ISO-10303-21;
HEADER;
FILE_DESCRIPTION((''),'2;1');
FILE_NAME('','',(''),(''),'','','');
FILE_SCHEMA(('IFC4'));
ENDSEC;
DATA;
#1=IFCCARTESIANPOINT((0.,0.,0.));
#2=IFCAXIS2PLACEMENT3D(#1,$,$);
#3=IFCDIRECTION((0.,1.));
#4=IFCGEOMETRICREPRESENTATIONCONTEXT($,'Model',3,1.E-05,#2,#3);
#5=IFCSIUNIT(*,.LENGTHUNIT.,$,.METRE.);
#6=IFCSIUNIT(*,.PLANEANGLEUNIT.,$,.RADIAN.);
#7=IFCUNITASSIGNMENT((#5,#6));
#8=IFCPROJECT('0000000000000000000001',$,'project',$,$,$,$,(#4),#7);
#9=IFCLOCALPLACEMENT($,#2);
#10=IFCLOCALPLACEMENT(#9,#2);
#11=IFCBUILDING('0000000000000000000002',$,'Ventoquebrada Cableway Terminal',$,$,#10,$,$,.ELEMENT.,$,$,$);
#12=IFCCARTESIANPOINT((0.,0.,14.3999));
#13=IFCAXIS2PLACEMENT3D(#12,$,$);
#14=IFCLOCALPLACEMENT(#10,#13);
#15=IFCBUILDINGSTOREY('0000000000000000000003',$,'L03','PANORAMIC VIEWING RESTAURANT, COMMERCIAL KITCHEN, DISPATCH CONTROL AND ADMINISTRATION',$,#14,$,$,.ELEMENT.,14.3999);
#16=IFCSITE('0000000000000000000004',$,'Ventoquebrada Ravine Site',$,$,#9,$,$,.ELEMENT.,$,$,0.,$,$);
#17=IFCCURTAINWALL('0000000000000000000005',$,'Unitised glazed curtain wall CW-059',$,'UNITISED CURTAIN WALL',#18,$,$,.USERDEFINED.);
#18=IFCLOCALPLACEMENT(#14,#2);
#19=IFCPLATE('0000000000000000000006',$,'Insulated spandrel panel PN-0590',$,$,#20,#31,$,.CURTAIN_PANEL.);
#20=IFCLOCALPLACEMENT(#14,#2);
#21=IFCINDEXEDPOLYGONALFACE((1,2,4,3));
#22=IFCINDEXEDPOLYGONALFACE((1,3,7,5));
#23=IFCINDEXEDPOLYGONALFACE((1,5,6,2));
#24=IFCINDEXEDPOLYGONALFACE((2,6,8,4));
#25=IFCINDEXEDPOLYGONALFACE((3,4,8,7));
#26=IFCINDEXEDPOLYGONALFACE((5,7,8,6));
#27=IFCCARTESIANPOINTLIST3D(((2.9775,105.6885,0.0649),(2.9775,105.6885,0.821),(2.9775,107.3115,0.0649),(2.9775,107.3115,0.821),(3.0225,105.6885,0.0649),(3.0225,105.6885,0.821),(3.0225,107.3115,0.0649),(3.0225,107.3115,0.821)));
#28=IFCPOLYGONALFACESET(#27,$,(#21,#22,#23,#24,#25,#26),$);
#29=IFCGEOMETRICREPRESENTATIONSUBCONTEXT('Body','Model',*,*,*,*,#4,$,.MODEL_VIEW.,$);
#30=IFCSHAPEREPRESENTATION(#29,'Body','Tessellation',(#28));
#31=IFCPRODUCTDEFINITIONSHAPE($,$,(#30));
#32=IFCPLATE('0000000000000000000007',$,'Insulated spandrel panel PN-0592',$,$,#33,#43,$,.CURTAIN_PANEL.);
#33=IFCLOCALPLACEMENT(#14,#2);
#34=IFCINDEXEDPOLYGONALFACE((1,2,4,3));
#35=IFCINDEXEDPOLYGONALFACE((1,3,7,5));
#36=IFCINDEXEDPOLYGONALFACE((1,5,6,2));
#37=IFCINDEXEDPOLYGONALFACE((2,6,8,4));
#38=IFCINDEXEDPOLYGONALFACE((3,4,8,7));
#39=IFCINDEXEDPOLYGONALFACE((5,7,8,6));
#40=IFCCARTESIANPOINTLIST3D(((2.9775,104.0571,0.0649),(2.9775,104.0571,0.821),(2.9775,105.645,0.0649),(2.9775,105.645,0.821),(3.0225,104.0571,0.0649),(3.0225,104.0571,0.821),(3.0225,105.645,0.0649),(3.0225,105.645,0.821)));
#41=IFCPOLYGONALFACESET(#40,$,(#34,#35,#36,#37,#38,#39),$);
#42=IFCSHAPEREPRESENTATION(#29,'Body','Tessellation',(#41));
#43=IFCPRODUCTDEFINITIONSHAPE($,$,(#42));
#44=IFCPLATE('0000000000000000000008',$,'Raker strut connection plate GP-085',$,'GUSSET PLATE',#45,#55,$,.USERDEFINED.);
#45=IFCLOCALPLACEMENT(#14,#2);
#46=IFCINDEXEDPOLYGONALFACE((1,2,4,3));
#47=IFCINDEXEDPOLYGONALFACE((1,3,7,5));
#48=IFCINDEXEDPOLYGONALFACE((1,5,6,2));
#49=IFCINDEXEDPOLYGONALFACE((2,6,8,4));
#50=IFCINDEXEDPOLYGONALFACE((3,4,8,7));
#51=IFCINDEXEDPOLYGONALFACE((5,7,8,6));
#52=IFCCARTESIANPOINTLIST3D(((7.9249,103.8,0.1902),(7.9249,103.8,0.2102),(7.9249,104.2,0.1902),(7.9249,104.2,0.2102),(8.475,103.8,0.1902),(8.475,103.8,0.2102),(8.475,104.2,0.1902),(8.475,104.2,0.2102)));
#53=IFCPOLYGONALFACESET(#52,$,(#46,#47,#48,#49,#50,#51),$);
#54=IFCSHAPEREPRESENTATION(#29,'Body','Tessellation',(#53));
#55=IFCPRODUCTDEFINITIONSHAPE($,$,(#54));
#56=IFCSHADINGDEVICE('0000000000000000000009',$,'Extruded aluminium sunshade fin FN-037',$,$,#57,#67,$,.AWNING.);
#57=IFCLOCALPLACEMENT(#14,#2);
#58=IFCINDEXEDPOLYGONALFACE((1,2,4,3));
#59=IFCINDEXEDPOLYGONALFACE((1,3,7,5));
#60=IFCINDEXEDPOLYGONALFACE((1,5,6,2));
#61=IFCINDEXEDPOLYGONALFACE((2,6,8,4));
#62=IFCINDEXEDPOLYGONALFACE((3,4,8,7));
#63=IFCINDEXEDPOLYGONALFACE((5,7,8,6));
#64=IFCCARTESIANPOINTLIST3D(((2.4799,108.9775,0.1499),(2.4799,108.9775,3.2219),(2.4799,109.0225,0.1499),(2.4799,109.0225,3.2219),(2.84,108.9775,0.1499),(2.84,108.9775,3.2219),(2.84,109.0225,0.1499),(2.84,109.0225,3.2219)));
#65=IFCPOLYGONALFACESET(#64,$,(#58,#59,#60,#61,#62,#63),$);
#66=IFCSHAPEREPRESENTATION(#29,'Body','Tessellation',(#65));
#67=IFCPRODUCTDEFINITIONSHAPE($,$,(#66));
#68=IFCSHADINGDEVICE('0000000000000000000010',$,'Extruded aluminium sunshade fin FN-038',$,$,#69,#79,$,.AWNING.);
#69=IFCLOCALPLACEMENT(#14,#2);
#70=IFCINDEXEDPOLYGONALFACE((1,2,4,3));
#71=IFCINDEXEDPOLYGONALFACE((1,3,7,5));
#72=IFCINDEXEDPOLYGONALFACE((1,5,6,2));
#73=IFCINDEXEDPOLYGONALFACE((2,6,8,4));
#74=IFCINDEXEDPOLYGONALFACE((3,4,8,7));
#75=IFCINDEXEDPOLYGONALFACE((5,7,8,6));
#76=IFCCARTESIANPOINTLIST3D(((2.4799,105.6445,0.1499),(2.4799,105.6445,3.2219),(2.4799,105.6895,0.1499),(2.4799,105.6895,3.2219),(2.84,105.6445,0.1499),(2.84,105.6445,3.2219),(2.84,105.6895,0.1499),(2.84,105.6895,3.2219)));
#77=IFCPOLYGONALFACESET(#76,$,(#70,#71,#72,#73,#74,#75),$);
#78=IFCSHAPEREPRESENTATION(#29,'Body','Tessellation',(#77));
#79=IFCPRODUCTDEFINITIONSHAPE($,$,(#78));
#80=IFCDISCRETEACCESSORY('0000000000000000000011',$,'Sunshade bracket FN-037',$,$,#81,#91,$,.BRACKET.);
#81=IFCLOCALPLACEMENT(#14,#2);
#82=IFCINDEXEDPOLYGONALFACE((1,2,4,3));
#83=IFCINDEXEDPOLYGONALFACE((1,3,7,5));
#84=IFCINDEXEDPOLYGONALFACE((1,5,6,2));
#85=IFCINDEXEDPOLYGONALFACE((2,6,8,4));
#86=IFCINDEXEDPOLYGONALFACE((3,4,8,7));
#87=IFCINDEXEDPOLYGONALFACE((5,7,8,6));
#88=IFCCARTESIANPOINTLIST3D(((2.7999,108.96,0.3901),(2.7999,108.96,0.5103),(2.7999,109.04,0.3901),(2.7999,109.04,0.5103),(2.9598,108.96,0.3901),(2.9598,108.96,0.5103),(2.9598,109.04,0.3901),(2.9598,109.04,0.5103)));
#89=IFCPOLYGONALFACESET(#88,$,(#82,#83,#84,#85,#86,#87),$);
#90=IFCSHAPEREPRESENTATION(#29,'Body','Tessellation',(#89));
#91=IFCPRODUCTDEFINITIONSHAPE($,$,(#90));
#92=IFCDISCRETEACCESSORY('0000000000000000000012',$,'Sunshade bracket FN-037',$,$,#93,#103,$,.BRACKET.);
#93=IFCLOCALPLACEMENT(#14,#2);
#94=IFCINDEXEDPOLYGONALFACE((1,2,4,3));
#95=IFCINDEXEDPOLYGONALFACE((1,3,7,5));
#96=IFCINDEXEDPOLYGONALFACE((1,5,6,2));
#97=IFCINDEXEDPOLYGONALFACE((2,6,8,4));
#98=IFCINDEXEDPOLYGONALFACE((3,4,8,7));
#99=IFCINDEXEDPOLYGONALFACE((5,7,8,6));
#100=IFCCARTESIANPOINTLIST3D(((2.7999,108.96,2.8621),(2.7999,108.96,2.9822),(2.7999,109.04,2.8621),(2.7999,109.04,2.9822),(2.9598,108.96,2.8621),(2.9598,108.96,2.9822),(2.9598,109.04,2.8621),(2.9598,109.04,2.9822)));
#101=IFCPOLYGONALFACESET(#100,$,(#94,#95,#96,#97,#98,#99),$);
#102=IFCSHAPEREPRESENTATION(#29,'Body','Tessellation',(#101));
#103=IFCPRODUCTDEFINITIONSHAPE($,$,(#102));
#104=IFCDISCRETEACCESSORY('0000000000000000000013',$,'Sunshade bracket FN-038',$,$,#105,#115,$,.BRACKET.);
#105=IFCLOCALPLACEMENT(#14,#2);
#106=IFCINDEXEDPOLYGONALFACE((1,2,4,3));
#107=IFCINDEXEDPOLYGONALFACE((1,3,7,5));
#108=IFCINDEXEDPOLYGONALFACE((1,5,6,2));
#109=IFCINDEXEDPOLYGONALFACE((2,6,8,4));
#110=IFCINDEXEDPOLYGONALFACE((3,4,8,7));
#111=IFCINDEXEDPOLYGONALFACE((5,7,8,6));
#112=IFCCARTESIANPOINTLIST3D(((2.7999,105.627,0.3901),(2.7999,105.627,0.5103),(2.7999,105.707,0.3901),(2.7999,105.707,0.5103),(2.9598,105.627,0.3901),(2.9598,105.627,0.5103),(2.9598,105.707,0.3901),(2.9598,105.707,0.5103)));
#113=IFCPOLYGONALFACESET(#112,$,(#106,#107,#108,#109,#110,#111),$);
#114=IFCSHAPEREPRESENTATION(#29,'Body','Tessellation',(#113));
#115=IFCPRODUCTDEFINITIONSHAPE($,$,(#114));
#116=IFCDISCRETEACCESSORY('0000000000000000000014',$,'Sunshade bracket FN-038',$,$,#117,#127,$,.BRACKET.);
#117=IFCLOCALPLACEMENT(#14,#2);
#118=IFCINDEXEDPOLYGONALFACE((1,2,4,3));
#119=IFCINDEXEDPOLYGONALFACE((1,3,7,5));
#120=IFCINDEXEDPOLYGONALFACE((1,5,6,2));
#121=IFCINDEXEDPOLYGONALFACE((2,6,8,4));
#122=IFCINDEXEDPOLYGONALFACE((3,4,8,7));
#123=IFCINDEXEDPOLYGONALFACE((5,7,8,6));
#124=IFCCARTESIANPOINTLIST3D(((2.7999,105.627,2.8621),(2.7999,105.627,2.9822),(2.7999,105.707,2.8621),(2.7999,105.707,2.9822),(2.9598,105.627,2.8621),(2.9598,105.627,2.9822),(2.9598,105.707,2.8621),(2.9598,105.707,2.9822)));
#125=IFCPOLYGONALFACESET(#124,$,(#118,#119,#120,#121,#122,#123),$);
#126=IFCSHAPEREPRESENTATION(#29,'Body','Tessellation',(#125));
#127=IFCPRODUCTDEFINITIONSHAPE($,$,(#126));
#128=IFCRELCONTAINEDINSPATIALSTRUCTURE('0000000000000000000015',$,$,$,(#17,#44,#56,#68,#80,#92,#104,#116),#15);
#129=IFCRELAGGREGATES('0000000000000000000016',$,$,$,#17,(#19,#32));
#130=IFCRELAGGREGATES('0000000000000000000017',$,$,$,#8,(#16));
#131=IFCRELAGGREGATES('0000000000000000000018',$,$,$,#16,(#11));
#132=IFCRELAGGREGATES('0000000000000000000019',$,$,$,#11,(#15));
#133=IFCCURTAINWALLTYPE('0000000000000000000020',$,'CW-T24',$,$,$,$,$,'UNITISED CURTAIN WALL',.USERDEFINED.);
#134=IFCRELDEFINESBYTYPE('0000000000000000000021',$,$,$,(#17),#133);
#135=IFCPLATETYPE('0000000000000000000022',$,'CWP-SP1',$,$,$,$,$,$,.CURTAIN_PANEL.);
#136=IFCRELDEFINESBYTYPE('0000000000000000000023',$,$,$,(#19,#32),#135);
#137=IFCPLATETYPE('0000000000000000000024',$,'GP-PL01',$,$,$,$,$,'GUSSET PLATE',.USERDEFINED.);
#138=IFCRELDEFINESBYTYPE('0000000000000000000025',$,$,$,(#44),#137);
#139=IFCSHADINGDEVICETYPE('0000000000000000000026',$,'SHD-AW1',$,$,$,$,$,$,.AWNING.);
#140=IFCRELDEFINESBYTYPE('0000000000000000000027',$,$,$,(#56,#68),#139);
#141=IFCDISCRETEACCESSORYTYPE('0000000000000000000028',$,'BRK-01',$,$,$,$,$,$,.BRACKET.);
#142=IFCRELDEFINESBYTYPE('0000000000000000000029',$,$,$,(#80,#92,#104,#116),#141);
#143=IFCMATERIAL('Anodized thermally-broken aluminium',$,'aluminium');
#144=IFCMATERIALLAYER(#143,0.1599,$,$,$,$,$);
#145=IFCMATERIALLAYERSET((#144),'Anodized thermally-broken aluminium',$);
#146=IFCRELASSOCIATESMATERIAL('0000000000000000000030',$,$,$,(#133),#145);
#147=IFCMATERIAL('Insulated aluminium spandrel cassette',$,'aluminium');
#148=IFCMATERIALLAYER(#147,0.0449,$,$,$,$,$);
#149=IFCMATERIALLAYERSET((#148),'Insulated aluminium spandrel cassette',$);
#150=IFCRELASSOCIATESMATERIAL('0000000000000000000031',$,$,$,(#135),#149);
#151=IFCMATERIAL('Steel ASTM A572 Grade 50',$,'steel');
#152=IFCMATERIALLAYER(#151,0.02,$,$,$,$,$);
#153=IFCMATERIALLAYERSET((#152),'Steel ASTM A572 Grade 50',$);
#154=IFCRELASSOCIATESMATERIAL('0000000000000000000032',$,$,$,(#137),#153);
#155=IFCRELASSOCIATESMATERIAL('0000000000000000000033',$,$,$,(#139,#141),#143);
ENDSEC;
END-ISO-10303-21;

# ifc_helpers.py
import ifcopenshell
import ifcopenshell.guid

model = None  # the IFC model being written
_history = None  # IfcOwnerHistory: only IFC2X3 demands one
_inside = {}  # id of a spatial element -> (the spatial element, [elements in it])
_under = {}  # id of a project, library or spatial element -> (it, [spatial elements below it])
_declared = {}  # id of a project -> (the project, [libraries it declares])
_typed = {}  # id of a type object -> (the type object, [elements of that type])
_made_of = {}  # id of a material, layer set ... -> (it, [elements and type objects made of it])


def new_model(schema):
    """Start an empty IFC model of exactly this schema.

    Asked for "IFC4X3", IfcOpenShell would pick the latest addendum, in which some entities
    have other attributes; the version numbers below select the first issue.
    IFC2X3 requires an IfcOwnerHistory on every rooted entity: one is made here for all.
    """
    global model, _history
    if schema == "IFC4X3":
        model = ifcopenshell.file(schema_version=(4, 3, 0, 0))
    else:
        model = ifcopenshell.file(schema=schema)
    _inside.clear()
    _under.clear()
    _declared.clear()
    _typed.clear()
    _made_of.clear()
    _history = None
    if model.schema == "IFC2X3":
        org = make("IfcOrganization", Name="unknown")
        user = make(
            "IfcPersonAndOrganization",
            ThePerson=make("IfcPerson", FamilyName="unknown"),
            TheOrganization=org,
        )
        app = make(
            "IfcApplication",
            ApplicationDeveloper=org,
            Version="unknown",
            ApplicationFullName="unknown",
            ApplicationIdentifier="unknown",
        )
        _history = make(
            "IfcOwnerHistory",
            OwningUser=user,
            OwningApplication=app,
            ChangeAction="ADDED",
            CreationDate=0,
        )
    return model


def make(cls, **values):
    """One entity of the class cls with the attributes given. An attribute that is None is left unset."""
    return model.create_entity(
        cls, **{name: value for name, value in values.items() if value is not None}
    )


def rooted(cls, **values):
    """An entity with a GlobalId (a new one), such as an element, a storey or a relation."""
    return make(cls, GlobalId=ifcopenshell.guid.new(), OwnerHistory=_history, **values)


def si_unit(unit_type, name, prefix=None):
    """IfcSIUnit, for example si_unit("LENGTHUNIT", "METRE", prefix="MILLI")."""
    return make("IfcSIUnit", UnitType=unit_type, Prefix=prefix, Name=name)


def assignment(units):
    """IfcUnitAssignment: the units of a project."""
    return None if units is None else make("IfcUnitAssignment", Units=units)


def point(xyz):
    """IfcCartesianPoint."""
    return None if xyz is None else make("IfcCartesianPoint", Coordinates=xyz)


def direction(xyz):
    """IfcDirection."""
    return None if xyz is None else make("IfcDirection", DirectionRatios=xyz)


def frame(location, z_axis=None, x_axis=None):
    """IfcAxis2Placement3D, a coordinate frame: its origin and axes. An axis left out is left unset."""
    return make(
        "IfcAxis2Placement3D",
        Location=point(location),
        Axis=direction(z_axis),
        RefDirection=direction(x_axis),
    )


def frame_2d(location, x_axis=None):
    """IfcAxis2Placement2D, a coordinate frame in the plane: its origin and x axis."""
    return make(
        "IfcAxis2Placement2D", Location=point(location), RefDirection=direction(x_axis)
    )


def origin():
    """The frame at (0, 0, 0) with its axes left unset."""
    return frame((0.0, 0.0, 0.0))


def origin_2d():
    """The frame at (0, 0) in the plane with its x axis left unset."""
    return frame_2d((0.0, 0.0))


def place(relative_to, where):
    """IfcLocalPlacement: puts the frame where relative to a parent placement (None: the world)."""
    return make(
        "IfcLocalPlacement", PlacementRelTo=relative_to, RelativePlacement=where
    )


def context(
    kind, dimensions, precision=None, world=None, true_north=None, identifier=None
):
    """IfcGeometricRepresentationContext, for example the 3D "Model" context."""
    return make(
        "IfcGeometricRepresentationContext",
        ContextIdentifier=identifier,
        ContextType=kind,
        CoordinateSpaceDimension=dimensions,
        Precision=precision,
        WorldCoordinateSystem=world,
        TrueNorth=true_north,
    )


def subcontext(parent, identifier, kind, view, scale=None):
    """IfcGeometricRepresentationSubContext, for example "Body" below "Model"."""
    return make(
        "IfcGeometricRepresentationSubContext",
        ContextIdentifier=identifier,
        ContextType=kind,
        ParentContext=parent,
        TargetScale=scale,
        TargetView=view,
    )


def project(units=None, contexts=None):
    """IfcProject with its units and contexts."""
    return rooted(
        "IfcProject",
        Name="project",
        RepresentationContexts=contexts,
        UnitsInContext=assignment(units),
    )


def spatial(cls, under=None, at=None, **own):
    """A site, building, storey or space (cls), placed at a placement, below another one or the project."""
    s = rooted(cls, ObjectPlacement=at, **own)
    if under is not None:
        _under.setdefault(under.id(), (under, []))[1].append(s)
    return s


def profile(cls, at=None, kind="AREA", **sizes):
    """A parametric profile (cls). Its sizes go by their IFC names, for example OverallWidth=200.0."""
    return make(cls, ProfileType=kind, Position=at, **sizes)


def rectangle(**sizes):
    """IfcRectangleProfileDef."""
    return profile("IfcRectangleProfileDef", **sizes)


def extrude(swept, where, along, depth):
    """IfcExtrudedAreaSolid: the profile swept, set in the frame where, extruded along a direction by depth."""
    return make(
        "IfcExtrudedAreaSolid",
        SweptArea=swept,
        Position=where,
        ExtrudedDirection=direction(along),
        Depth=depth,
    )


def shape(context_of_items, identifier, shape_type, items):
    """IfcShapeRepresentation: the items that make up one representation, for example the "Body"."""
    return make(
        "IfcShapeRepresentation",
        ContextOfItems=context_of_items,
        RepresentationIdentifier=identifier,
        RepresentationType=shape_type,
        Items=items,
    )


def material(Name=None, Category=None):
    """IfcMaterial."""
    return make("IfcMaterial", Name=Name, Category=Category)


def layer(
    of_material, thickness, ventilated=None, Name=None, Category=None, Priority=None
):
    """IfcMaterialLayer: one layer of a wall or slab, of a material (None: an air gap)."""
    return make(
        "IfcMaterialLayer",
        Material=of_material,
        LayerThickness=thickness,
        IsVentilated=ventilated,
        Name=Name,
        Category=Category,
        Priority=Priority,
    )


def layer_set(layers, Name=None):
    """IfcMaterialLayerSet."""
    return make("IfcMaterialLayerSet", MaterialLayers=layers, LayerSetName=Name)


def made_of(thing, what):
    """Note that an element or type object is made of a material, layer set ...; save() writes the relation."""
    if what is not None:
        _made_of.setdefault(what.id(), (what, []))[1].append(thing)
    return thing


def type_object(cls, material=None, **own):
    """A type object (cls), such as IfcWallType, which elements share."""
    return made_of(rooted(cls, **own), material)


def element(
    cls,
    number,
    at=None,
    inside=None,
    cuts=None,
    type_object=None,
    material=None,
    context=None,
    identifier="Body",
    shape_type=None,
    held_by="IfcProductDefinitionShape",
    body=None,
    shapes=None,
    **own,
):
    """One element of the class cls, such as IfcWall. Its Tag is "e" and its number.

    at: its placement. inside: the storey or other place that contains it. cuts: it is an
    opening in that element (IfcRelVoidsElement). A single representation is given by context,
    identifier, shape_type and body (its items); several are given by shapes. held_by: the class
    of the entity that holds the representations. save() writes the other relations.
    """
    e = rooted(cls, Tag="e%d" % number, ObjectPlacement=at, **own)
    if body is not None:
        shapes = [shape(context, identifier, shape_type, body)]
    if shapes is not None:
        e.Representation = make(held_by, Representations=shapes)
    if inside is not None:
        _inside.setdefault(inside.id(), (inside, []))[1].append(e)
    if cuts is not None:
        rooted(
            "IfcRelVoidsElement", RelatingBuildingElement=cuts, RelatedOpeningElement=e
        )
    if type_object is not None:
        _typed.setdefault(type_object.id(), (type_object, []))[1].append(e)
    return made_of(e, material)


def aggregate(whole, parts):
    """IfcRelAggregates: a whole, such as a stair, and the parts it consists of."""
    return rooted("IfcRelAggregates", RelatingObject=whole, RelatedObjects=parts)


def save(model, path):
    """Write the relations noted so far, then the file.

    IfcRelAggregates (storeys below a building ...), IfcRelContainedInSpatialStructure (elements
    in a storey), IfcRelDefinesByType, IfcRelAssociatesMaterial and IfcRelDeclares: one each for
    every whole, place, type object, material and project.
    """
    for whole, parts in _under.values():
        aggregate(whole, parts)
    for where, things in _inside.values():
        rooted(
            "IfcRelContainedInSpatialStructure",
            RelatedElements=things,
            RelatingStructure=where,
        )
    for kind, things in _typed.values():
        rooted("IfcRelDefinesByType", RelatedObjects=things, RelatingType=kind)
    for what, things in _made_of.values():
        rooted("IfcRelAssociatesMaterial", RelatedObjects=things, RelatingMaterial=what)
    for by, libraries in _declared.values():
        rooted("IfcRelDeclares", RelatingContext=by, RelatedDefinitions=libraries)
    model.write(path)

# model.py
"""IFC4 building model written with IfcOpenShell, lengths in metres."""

from ifc_helpers import new_model, si_unit, direction, frame, origin, origin_2d, place, context, subcontext, project, spatial, rectangle, extrude, material, layer, layer_set, type_object, element, aggregate, save


model = new_model("IFC4")

# Units and contexts
model_context = context("Model", 3, precision=1e-05, world=origin(), true_north=direction((0.0, 1.0)))
body_context = subcontext(model_context, "Body", "Model", "MODEL_VIEW")
ifc_project = project(units=[si_unit("LENGTHUNIT", "METRE"), si_unit("PLANEANGLEUNIT", "RADIAN")], contexts=[model_context])

# Site, building, storey
site_placement = place(None, origin())
site = spatial("IfcSite", under=ifc_project, at=site_placement, Name="Ventoquebrada Ravine Site", CompositionType="ELEMENT", RefElevation=0.0)
building_placement = place(site_placement, origin())
building = spatial("IfcBuilding", under=site, at=building_placement, Name="Ventoquebrada Cableway Terminal", CompositionType="ELEMENT")
storey_placement = place(building_placement, frame((0.0, 0.0, 14.3999)))
storey = spatial("IfcBuildingStorey", under=building, at=storey_placement, Name="L03", Description="PANORAMIC VIEWING RESTAURANT, COMMERCIAL KITCHEN, DISPATCH CONTROL AND ADMINISTRATION", CompositionType="ELEMENT", Elevation=14.3999)

# Curtain wall
ifc_material_1 = material(Name="Anodized thermally-broken aluminium", Category="aluminium")
ifc_layer_1 = layer(ifc_material_1, 0.1599)
ifc_layer_set_1 = layer_set([ifc_layer_1], Name="Anodized thermally-broken aluminium")
curtain_wall_type = type_object("IfcCurtainWallType", Name="CW-T24", ElementType="UNITISED CURTAIN WALL", PredefinedType="USERDEFINED", material=ifc_layer_set_1)
curtain_wall_placement = place(storey_placement, origin())
curtain_wall = element("IfcCurtainWall", 1, at=curtain_wall_placement, inside=storey, type_object=curtain_wall_type, Name="Unitised glazed curtain wall CW-059", ObjectType="UNITISED CURTAIN WALL", PredefinedType="USERDEFINED")

# Plates
ifc_material_2 = material(Name="Insulated aluminium spandrel cassette", Category="aluminium")
ifc_layer_2 = layer(ifc_material_2, 0.0449)
ifc_layer_set_2 = layer_set([ifc_layer_2], Name="Insulated aluminium spandrel cassette")
plate_type_1 = type_object("IfcPlateType", Name="CWP-SP1", PredefinedType="CURTAIN_PANEL", material=ifc_layer_set_2)
plate_1_placement = place(storey_placement, frame((3.0, 106.5, 0.0649), z_axis=(0.0, 0.0, 1.0), x_axis=(0.0, -1.0, 0.0)))
plate_1 = element("IfcPlate", 2, at=plate_1_placement, type_object=plate_type_1, Name="Insulated spandrel panel PN-0590", PredefinedType="CURTAIN_PANEL", context=body_context, shape_type="SweptSolid", body=[
    extrude(rectangle(XDim=1.623, YDim=0.0449, at=origin_2d()), origin(), (0.0, 0.0, 1.0), 0.7561),
])
plate_2_placement = place(storey_placement, frame((3.0, 104.8511, 0.0649), z_axis=(0.0, 0.0, 1.0), x_axis=(0.0, -1.0, 0.0)))
plate_2 = element("IfcPlate", 3, at=plate_2_placement, type_object=plate_type_1, Name="Insulated spandrel panel PN-0592", PredefinedType="CURTAIN_PANEL", context=body_context, shape_type="SweptSolid", body=[
    extrude(rectangle(XDim=1.5879, YDim=0.0449, at=origin_2d()), origin(), (0.0, 0.0, 1.0), 0.7561),
])
aggregate(curtain_wall, [plate_1, plate_2])
ifc_material_3 = material(Name="Steel ASTM A572 Grade 50", Category="steel")
ifc_layer_3 = layer(ifc_material_3, 0.02)
ifc_layer_set_3 = layer_set([ifc_layer_3], Name="Steel ASTM A572 Grade 50")
plate_type_2 = type_object("IfcPlateType", Name="GP-PL01", ElementType="GUSSET PLATE", PredefinedType="USERDEFINED", material=ifc_layer_set_3)
plate_3_placement = place(storey_placement, frame((8.2, 104.0, 0.1902), z_axis=(0.0, 0.0, 1.0), x_axis=(1.0, 0.0, 0.0)))
element("IfcPlate", 4, at=plate_3_placement, inside=storey, type_object=plate_type_2, Name="Raker strut connection plate GP-085", ObjectType="GUSSET PLATE", PredefinedType="USERDEFINED", context=body_context, shape_type="SweptSolid", body=[
    extrude(rectangle(XDim=0.55, YDim=0.3999, at=origin_2d()), origin(), (0.0, 0.0, 1.0), 0.02),
])

# Shading devices
shading_device_type = type_object("IfcShadingDeviceType", Name="SHD-AW1", PredefinedType="AWNING", material=ifc_material_1)
for number, where, z_axis, x_axis, name in (
    (5, (2.6599, 109.0, 0.1499), (0.0, 0.0, 1.0), (0.0, -1.0, 0.0), "Extruded aluminium sunshade fin FN-037"),
    (6, (2.6599, 105.667, 0.1499), (0.0, 0.0, 1.0), (0.0, -1.0, 0.0), "Extruded aluminium sunshade fin FN-038"),
):
    element("IfcShadingDevice", number, at=place(storey_placement, frame(where, z_axis=z_axis, x_axis=x_axis)), inside=storey, type_object=shading_device_type, Name=name, PredefinedType="AWNING", context=body_context, shape_type="SweptSolid", body=[
        extrude(rectangle(XDim=0.0449, YDim=0.3601, at=origin_2d()), origin(), (0.0, 0.0, 1.0), 3.072),
    ])

# Discrete accessories
discrete_accessory_type = type_object("IfcDiscreteAccessoryType", Name="BRK-01", PredefinedType="BRACKET", material=ifc_material_1)
for number, where, z_axis, x_axis, name in (
    (7, (2.8799, 109.0, 0.3901), (0.0, 0.0, 1.0), (0.0, -1.0, 0.0), "Sunshade bracket FN-037"),
    (8, (2.8799, 109.0, 2.8621), (0.0, 0.0, 1.0), (0.0, -1.0, 0.0), "Sunshade bracket FN-037"),
    (9, (2.8799, 105.667, 0.3901), (0.0, 0.0, 1.0), (0.0, -1.0, 0.0), "Sunshade bracket FN-038"),
    (10, (2.8799, 105.667, 2.8621), (0.0, 0.0, 1.0), (0.0, -1.0, 0.0), "Sunshade bracket FN-038"),
):
    element("IfcDiscreteAccessory", number, at=place(storey_placement, frame(where, z_axis=z_axis, x_axis=x_axis)), inside=storey, type_object=discrete_accessory_type, Name=name, PredefinedType="BRACKET", context=body_context, shape_type="SweptSolid", body=[
        extrude(rectangle(XDim=0.0801, YDim=0.1599, at=origin_2d()), origin(), (0.0, 0.0, 1.0), 0.1201),
    ])

save(model, "model.ifc")
